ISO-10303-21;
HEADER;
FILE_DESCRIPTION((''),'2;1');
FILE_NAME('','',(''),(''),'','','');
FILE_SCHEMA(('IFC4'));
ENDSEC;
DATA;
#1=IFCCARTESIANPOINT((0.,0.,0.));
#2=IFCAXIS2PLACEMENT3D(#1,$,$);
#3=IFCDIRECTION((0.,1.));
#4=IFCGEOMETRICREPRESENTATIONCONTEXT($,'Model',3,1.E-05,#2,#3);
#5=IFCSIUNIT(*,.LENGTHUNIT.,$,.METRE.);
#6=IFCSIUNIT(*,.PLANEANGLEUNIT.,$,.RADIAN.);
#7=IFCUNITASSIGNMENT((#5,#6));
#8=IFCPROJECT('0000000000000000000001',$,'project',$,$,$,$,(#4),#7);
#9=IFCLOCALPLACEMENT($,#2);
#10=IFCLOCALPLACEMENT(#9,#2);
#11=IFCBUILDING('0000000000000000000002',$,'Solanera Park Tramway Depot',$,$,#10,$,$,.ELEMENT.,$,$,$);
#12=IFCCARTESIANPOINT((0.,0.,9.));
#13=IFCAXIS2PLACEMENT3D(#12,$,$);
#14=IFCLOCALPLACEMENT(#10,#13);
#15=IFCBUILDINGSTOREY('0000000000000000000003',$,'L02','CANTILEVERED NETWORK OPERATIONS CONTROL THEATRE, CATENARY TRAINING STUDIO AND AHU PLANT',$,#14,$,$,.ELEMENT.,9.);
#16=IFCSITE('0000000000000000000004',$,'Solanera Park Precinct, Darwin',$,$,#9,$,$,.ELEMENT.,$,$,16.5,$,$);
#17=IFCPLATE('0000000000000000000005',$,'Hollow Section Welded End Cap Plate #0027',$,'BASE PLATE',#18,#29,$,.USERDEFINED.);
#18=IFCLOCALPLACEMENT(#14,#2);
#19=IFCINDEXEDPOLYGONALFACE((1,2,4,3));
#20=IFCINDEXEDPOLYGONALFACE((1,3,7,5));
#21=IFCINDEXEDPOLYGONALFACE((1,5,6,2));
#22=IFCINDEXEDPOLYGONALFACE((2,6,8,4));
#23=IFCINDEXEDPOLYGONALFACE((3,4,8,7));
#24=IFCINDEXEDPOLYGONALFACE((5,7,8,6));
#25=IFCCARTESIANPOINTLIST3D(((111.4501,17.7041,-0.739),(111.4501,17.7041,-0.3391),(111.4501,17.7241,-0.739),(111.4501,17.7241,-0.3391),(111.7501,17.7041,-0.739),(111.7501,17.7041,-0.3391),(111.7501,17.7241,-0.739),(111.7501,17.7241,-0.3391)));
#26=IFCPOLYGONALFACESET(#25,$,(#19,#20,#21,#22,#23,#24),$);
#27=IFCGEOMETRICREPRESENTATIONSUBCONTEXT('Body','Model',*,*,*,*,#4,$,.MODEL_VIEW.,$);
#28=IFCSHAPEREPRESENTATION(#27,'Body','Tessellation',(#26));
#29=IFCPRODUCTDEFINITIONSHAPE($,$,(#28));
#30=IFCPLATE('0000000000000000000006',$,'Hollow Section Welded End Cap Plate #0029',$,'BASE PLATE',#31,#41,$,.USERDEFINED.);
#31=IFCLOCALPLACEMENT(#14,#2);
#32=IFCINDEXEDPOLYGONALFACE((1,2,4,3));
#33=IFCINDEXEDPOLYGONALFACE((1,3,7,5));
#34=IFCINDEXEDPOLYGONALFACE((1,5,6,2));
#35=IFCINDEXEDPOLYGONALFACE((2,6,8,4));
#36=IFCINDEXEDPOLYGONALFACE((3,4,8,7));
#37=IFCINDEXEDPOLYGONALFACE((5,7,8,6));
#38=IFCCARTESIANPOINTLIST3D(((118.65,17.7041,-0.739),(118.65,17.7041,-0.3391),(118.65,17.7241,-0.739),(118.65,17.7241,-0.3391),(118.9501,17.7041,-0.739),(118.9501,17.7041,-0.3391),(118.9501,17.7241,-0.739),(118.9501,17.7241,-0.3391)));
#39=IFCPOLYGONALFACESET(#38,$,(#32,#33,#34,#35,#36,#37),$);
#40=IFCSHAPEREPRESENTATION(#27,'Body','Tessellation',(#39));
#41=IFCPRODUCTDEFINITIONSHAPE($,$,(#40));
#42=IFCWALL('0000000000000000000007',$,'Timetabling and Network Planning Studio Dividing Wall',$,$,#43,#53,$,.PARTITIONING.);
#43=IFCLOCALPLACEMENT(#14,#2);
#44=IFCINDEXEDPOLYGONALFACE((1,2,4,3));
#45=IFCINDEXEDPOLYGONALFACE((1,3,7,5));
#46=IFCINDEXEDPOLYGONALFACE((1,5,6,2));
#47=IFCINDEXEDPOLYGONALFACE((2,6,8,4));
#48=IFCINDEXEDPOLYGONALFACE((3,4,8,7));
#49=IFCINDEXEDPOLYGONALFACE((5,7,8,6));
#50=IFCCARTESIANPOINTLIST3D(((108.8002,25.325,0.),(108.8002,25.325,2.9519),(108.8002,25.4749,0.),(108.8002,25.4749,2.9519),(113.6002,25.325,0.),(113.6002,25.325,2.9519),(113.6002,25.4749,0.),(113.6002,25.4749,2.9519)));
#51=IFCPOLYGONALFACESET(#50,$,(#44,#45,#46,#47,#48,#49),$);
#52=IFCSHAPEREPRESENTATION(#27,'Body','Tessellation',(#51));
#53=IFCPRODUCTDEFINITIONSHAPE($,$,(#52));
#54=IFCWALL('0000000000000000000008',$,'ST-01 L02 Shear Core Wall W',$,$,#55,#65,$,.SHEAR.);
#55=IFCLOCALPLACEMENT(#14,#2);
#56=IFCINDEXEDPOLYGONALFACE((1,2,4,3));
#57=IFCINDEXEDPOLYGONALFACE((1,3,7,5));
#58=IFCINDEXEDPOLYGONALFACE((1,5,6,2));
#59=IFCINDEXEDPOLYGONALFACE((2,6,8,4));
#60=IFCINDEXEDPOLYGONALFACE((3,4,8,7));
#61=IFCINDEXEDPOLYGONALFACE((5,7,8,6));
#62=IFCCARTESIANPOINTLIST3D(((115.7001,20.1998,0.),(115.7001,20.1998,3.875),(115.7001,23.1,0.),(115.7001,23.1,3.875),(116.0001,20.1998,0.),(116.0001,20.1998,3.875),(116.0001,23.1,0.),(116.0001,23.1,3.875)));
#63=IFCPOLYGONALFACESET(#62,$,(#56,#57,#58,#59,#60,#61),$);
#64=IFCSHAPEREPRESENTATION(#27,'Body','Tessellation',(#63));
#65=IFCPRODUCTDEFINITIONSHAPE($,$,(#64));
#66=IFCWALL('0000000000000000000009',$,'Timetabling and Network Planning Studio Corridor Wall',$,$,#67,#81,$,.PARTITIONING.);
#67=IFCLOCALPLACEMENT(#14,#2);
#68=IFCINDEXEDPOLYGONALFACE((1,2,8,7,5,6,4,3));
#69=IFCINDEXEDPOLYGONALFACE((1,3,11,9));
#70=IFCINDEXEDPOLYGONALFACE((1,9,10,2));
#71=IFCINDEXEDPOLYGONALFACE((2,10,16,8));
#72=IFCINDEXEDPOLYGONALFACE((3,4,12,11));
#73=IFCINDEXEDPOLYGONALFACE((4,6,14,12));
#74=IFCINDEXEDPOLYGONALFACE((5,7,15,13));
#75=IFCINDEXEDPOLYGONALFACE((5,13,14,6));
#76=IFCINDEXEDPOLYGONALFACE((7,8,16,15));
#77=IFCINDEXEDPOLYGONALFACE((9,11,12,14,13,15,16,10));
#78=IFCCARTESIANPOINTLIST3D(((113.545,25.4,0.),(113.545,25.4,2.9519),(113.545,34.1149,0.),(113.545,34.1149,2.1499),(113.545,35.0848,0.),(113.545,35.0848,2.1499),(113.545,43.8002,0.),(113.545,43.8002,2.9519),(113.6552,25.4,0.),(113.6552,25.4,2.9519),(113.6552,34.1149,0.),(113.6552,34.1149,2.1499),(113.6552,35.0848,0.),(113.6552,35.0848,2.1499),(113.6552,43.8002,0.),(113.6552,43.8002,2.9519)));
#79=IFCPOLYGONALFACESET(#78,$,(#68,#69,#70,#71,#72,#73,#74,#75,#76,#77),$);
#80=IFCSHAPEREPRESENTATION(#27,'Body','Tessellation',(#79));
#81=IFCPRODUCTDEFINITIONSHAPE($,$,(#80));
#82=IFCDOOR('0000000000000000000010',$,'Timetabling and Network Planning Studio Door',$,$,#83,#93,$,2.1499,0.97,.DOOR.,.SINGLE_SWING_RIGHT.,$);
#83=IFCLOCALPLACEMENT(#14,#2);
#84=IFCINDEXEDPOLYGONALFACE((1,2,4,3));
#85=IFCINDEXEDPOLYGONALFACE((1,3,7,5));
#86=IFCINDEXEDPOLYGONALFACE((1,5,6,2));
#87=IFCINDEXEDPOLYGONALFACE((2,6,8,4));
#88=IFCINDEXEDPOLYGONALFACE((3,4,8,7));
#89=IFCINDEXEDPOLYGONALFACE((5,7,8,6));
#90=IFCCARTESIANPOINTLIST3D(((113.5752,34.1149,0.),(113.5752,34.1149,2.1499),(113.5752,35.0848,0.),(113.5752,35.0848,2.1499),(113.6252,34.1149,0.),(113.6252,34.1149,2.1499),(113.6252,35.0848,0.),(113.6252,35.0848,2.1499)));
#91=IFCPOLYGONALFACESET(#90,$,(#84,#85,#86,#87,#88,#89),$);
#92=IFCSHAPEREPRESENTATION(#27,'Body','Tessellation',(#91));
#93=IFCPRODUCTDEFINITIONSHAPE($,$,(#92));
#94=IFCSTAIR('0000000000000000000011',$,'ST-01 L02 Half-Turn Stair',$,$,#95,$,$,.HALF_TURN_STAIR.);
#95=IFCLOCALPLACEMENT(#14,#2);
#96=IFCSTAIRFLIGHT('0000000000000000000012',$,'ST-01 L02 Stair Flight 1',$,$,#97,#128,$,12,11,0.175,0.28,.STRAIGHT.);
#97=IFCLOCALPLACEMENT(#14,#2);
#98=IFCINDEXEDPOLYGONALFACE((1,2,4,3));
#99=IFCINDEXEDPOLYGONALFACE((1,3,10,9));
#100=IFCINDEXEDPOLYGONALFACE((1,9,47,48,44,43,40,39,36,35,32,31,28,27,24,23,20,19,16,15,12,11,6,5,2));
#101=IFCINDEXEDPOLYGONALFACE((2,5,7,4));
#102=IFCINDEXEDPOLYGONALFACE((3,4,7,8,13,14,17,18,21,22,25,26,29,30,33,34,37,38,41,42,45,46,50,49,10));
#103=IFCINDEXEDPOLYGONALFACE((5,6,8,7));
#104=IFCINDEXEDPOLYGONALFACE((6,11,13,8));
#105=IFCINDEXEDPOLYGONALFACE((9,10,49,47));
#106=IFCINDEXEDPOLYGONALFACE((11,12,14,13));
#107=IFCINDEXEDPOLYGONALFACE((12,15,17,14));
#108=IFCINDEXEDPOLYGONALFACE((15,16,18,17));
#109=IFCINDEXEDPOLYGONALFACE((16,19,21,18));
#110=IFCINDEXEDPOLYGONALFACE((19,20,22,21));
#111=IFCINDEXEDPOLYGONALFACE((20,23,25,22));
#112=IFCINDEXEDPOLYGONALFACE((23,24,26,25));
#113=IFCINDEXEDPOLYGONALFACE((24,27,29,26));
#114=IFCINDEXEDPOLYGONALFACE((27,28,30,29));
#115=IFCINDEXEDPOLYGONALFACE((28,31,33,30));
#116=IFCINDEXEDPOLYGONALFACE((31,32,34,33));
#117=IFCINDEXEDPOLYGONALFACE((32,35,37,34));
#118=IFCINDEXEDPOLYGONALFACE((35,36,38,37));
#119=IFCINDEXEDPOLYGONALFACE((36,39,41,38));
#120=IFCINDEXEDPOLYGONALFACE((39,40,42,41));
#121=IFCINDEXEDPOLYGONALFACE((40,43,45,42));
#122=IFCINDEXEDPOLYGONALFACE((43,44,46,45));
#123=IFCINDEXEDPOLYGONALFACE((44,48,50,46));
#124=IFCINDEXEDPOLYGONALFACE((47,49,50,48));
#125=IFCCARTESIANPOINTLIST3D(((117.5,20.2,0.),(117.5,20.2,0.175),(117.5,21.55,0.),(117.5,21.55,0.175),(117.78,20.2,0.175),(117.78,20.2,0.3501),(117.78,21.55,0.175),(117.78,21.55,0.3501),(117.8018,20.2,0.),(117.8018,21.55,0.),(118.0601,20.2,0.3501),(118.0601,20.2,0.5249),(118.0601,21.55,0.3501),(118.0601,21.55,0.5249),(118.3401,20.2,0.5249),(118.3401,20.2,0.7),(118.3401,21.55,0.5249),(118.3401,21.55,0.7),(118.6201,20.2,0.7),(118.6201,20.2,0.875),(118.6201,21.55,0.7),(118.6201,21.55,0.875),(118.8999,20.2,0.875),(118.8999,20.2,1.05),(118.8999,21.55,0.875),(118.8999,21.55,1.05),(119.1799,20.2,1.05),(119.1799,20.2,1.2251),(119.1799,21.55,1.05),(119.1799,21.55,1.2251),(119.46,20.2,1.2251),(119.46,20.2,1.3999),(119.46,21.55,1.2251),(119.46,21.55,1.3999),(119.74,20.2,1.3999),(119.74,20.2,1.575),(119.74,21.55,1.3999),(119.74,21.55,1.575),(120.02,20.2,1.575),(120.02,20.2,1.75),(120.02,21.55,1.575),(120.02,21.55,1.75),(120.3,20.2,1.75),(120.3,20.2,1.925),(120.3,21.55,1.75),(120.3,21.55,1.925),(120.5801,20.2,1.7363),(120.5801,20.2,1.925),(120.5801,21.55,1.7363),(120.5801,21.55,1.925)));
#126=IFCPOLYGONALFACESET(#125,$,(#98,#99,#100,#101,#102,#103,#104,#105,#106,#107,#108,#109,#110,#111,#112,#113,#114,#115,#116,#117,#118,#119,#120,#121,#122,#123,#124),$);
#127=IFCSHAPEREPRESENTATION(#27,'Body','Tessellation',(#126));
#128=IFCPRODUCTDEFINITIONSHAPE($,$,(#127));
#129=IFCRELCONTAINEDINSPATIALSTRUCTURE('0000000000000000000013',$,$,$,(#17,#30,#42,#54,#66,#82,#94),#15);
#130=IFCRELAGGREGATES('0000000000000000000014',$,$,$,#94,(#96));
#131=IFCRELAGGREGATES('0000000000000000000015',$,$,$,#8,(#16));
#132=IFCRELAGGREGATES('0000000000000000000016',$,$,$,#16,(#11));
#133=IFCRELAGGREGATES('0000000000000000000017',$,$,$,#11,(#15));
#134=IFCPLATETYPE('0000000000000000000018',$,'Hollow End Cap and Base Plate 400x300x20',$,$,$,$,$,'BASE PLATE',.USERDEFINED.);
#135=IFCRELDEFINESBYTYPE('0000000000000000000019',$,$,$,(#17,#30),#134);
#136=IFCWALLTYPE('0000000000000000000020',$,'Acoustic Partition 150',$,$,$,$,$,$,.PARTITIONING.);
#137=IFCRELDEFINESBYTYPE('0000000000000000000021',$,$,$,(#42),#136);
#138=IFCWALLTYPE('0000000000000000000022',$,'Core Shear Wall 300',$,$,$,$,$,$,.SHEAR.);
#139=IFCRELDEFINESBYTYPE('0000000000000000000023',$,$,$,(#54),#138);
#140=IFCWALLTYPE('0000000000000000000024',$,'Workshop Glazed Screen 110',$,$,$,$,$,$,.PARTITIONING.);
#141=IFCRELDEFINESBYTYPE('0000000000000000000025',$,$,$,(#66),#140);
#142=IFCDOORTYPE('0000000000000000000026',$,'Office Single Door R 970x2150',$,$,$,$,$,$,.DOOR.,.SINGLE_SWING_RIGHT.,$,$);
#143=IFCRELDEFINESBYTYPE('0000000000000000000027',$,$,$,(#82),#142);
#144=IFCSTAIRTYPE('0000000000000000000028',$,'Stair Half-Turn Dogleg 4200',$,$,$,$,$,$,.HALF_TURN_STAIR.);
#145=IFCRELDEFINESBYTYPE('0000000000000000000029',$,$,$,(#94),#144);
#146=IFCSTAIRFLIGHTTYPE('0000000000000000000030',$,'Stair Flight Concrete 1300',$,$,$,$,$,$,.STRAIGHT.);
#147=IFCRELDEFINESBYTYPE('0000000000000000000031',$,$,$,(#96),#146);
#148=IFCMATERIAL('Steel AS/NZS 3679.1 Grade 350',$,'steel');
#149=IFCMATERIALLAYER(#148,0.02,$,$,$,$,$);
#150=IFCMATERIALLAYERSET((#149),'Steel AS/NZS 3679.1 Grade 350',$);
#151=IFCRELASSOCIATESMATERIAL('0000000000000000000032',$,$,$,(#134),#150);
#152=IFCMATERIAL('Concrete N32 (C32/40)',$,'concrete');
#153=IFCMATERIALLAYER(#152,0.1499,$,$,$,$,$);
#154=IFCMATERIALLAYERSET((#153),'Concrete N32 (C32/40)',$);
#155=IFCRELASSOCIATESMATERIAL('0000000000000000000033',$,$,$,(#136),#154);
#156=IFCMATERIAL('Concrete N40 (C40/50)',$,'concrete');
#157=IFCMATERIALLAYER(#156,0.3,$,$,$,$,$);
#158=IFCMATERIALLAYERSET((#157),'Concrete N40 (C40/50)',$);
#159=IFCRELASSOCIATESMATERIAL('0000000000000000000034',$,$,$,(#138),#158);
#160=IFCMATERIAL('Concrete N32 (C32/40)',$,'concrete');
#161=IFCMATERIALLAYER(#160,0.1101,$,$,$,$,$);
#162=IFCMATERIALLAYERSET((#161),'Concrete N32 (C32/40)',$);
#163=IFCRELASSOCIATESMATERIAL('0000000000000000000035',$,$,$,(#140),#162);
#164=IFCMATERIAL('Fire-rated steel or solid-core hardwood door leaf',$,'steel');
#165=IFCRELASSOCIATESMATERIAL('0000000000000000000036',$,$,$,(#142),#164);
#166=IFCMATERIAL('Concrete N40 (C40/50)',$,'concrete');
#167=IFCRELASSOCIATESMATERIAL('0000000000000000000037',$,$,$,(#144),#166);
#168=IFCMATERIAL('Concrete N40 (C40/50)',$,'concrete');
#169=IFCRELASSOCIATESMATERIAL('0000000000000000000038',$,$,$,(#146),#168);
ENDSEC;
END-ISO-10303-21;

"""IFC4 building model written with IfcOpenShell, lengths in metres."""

from ifc_helpers import new_model, si_unit, direction, frame, frame_2d, origin, origin_2d, place, context, subcontext, project, spatial, polyline, rectangle, outline, extrude, material, layer, layer_set, type_object, element, fill, aggregate, save


model = new_model("IFC4")

# Units and contexts
model_context = context("Model", 3, precision=1e-05, world=origin(), true_north=direction((0.0, 1.0)))
body_context = subcontext(model_context, "Body", "Model", "MODEL_VIEW")
ifc_project = project(units=[si_unit("LENGTHUNIT", "METRE"), si_unit("PLANEANGLEUNIT", "RADIAN")], contexts=[model_context])

# Site, building, storey
site_placement = place(None, origin())
site = spatial("IfcSite", under=ifc_project, at=site_placement, Name="Solanera Park Precinct, Darwin", CompositionType="ELEMENT", RefElevation=16.5)
building_placement = place(site_placement, origin())
building = spatial("IfcBuilding", under=site, at=building_placement, Name="Solanera Park Tramway Depot", CompositionType="ELEMENT")
storey_placement = place(building_placement, frame((0.0, 0.0, 9.0)))
storey = spatial("IfcBuildingStorey", under=building, at=storey_placement, Name="L02", Description="CANTILEVERED NETWORK OPERATIONS CONTROL THEATRE, CATENARY TRAINING STUDIO AND AHU PLANT", CompositionType="ELEMENT", Elevation=9.0)

# Plates
ifc_material_1 = material(Name="Steel AS/NZS 3679.1 Grade 350", Category="steel")
ifc_layer_1 = layer(ifc_material_1, 0.02)
ifc_layer_set_1 = layer_set([ifc_layer_1], Name="Steel AS/NZS 3679.1 Grade 350")
plate_type_1 = type_object("IfcPlateType", Name="Hollow End Cap and Base Plate 400x300x20", ElementType="BASE PLATE", PredefinedType="USERDEFINED", material=ifc_layer_set_1)
for number, where, z_axis, x_axis, name in (
    (1, (111.6001, 17.7141, -0.739), (0.0, 0.0, 1.0), (0.0, 1.0, 0.0), "Hollow Section Welded End Cap Plate #0027"),
    (2, (118.8, 17.7141, -0.739), (0.0, 0.0, 1.0), (0.0, 1.0, 0.0), "Hollow Section Welded End Cap Plate #0029"),
):
    element("IfcPlate", number, at=place(storey_placement, frame(where, z_axis=z_axis, x_axis=x_axis)), inside=storey, type_object=plate_type_1, Name=name, ObjectType="BASE PLATE", PredefinedType="USERDEFINED", context=body_context, shape_type="SweptSolid", body=[
        extrude(rectangle(XDim=0.02, YDim=0.3, at=origin_2d()), origin(), (0.0, 0.0, 1.0), 0.3999),
    ])

# Wall
ifc_material_2 = material(Name="Concrete N32 (C32/40)", Category="concrete")
ifc_layer_2 = layer(ifc_material_2, 0.1499)
ifc_layer_set_2 = layer_set([ifc_layer_2], Name="Concrete N32 (C32/40)")
wall_type_1 = type_object("IfcWallType", Name="Acoustic Partition 150", PredefinedType="PARTITIONING", material=ifc_layer_set_2)
wall_1_placement = place(storey_placement, frame((113.6001, 25.3999, 0.0), z_axis=(0.0, 0.0, 1.0), x_axis=(-1.0, 0.0, 0.0)))
element("IfcWall", 3, at=wall_1_placement, inside=storey, type_object=wall_type_1, Name="Timetabling and Network Planning Studio Dividing Wall", PredefinedType="PARTITIONING", context=body_context, shape_type="SweptSolid", body=[
    extrude(rectangle(XDim=4.8, YDim=0.1499, at=frame_2d((2.3999, 0.0))), origin(), (0.0, 0.0, 1.0), 2.9519),
])

# Shared definitions
ifc_material_3 = material(Name="Concrete N40 (C40/50)", Category="concrete")
ifc_layer_3 = layer(ifc_material_3, 0.3)
ifc_layer_set_3 = layer_set([ifc_layer_3], Name="Concrete N40 (C40/50)")
wall_type_2 = type_object("IfcWallType", Name="Core Shear Wall 300", PredefinedType="SHEAR", material=ifc_layer_set_3)

# Wall
wall_2_placement = place(storey_placement, frame((115.8501, 23.1001, 0.0), z_axis=(0.0, 0.0, 1.0), x_axis=(0.0, -1.0, 0.0)))
element("IfcWall", 4, at=wall_2_placement, inside=storey, type_object=wall_type_2, Name="ST-01 L02 Shear Core Wall W", PredefinedType="SHEAR", context=body_context, shape_type="SweptSolid", body=[
    extrude(rectangle(XDim=2.9001, YDim=0.3, at=frame_2d((1.4502, 0.0))), origin(), (0.0, 0.0, 1.0), 3.875),
])

# Wall, opening, door
ifc_material_4 = material(Name="Concrete N32 (C32/40)", Category="concrete")
ifc_layer_4 = layer(ifc_material_4, 0.1101)
ifc_layer_set_4 = layer_set([ifc_layer_4], Name="Concrete N32 (C32/40)")
wall_type_3 = type_object("IfcWallType", Name="Workshop Glazed Screen 110", PredefinedType="PARTITIONING", material=ifc_layer_set_4)
wall_3_placement = place(storey_placement, frame((113.6001, 25.3999, 0.0), z_axis=(0.0, 0.0, 1.0), x_axis=(0.0, 1.0, 0.0)))
wall_3 = element("IfcWall", 5, at=wall_3_placement, inside=storey, type_object=wall_type_3, Name="Timetabling and Network Planning Studio Corridor Wall", PredefinedType="PARTITIONING", context=body_context, shape_type="SweptSolid", body=[
    extrude(rectangle(XDim=18.4001, YDim=0.1101, at=frame_2d((9.2002, 0.0))), origin(), (0.0, 0.0, 1.0), 2.9519),
])
opening_1_placement = place(wall_3_placement, frame((8.7151, 0.0, 0.0)))
opening_1 = element("IfcOpeningElement", 6, at=opening_1_placement, cuts=wall_3, PredefinedType="OPENING", context=body_context, shape_type="SweptSolid", body=[
    extrude(rectangle(XDim=0.97, YDim=2.1499, at=frame_2d((0.4849, 1.075))), frame((0.0, 0.0649, 0.0), z_axis=(0.0, -1.0, 0.0), x_axis=(1.0, 0.0, 0.0)), (0.0, 0.0, 1.0), 0.1301),
])
ifc_material_5 = material(Name="Fire-rated steel or solid-core hardwood door leaf", Category="steel")
door_type_1 = type_object("IfcDoorType", Name="Office Single Door R 970x2150", OperationType="SINGLE_SWING_RIGHT", PredefinedType="DOOR", material=ifc_material_5)
door_1_placement = place(opening_1_placement, origin())
door_1 = element("IfcDoor", 7, at=door_1_placement, inside=storey, type_object=door_type_1, Name="Timetabling and Network Planning Studio Door", OperationType="SINGLE_SWING_RIGHT", OverallHeight=2.1499, OverallWidth=0.97, PredefinedType="DOOR", context=body_context, shape_type="SweptSolid", body=[
    extrude(rectangle(XDim=0.97, YDim=2.1499, at=frame_2d((0.4849, 1.075))), frame((0.0, 0.0249, 0.0), z_axis=(0.0, -1.0, 0.0), x_axis=(1.0, 0.0, 0.0)), (0.0, 0.0, 1.0), 0.05),
])
fill(opening_1, door_1)

# Stair, stair flight
ifc_material_6 = material(Name="Concrete N40 (C40/50)", Category="concrete")
stair_type = type_object("IfcStairType", Name="Stair Half-Turn Dogleg 4200", PredefinedType="HALF_TURN_STAIR", material=ifc_material_6)
stair_placement = place(storey_placement, origin())
stair = element("IfcStair", 8, at=stair_placement, inside=storey, type_object=stair_type, Name="ST-01 L02 Half-Turn Stair", PredefinedType="HALF_TURN_STAIR")
ifc_material_7 = material(Name="Concrete N40 (C40/50)", Category="concrete")
stair_flight_type = type_object("IfcStairFlightType", Name="Stair Flight Concrete 1300", PredefinedType="STRAIGHT", material=ifc_material_7)
stair_flight_placement = place(storey_placement, frame((117.5, 20.875, 0.0), z_axis=(0.0, 0.0, 1.0), x_axis=(1.0, 0.0, 0.0)))
stair_flight = element("IfcStairFlight", 9, at=stair_flight_placement, type_object=stair_flight_type, Name="ST-01 L02 Stair Flight 1", NumberOfRisers=12, NumberOfTreads=11, PredefinedType="STRAIGHT", RiserHeight=0.175, TreadLength=0.28, context=body_context, shape_type="SweptSolid", body=[
    extrude(outline(polyline([(0.0, 0.0), (0.0, 0.175), (0.28, 0.175), (0.28, 0.3501), (0.5601, 0.3501), (0.5601, 0.5249), (0.8401, 0.5249), (0.8401, 0.7), (1.1201, 0.7), (1.1201, 0.875), (1.3999, 0.875), (1.3999, 1.05), (1.6799, 1.05), (1.6799, 1.2251), (1.96, 1.2251), (1.96, 1.3999), (2.24, 1.3999), (2.24, 1.575), (2.52, 1.575), (2.52, 1.75), (2.8, 1.75), (2.8, 1.925), (3.0801, 1.925), (3.0801, 2.1001), (3.0801, 1.7363), (0.3018, 0.0), (0.0, 0.0)])), frame((0.0, 0.675, 0.0), z_axis=(0.0, -1.0, 0.0), x_axis=(1.0, 0.0, 0.0)), (0.0, 0.0, 1.0), 1.3501),
])
aggregate(stair, [stair_flight])

save(model, "model.ifc")
